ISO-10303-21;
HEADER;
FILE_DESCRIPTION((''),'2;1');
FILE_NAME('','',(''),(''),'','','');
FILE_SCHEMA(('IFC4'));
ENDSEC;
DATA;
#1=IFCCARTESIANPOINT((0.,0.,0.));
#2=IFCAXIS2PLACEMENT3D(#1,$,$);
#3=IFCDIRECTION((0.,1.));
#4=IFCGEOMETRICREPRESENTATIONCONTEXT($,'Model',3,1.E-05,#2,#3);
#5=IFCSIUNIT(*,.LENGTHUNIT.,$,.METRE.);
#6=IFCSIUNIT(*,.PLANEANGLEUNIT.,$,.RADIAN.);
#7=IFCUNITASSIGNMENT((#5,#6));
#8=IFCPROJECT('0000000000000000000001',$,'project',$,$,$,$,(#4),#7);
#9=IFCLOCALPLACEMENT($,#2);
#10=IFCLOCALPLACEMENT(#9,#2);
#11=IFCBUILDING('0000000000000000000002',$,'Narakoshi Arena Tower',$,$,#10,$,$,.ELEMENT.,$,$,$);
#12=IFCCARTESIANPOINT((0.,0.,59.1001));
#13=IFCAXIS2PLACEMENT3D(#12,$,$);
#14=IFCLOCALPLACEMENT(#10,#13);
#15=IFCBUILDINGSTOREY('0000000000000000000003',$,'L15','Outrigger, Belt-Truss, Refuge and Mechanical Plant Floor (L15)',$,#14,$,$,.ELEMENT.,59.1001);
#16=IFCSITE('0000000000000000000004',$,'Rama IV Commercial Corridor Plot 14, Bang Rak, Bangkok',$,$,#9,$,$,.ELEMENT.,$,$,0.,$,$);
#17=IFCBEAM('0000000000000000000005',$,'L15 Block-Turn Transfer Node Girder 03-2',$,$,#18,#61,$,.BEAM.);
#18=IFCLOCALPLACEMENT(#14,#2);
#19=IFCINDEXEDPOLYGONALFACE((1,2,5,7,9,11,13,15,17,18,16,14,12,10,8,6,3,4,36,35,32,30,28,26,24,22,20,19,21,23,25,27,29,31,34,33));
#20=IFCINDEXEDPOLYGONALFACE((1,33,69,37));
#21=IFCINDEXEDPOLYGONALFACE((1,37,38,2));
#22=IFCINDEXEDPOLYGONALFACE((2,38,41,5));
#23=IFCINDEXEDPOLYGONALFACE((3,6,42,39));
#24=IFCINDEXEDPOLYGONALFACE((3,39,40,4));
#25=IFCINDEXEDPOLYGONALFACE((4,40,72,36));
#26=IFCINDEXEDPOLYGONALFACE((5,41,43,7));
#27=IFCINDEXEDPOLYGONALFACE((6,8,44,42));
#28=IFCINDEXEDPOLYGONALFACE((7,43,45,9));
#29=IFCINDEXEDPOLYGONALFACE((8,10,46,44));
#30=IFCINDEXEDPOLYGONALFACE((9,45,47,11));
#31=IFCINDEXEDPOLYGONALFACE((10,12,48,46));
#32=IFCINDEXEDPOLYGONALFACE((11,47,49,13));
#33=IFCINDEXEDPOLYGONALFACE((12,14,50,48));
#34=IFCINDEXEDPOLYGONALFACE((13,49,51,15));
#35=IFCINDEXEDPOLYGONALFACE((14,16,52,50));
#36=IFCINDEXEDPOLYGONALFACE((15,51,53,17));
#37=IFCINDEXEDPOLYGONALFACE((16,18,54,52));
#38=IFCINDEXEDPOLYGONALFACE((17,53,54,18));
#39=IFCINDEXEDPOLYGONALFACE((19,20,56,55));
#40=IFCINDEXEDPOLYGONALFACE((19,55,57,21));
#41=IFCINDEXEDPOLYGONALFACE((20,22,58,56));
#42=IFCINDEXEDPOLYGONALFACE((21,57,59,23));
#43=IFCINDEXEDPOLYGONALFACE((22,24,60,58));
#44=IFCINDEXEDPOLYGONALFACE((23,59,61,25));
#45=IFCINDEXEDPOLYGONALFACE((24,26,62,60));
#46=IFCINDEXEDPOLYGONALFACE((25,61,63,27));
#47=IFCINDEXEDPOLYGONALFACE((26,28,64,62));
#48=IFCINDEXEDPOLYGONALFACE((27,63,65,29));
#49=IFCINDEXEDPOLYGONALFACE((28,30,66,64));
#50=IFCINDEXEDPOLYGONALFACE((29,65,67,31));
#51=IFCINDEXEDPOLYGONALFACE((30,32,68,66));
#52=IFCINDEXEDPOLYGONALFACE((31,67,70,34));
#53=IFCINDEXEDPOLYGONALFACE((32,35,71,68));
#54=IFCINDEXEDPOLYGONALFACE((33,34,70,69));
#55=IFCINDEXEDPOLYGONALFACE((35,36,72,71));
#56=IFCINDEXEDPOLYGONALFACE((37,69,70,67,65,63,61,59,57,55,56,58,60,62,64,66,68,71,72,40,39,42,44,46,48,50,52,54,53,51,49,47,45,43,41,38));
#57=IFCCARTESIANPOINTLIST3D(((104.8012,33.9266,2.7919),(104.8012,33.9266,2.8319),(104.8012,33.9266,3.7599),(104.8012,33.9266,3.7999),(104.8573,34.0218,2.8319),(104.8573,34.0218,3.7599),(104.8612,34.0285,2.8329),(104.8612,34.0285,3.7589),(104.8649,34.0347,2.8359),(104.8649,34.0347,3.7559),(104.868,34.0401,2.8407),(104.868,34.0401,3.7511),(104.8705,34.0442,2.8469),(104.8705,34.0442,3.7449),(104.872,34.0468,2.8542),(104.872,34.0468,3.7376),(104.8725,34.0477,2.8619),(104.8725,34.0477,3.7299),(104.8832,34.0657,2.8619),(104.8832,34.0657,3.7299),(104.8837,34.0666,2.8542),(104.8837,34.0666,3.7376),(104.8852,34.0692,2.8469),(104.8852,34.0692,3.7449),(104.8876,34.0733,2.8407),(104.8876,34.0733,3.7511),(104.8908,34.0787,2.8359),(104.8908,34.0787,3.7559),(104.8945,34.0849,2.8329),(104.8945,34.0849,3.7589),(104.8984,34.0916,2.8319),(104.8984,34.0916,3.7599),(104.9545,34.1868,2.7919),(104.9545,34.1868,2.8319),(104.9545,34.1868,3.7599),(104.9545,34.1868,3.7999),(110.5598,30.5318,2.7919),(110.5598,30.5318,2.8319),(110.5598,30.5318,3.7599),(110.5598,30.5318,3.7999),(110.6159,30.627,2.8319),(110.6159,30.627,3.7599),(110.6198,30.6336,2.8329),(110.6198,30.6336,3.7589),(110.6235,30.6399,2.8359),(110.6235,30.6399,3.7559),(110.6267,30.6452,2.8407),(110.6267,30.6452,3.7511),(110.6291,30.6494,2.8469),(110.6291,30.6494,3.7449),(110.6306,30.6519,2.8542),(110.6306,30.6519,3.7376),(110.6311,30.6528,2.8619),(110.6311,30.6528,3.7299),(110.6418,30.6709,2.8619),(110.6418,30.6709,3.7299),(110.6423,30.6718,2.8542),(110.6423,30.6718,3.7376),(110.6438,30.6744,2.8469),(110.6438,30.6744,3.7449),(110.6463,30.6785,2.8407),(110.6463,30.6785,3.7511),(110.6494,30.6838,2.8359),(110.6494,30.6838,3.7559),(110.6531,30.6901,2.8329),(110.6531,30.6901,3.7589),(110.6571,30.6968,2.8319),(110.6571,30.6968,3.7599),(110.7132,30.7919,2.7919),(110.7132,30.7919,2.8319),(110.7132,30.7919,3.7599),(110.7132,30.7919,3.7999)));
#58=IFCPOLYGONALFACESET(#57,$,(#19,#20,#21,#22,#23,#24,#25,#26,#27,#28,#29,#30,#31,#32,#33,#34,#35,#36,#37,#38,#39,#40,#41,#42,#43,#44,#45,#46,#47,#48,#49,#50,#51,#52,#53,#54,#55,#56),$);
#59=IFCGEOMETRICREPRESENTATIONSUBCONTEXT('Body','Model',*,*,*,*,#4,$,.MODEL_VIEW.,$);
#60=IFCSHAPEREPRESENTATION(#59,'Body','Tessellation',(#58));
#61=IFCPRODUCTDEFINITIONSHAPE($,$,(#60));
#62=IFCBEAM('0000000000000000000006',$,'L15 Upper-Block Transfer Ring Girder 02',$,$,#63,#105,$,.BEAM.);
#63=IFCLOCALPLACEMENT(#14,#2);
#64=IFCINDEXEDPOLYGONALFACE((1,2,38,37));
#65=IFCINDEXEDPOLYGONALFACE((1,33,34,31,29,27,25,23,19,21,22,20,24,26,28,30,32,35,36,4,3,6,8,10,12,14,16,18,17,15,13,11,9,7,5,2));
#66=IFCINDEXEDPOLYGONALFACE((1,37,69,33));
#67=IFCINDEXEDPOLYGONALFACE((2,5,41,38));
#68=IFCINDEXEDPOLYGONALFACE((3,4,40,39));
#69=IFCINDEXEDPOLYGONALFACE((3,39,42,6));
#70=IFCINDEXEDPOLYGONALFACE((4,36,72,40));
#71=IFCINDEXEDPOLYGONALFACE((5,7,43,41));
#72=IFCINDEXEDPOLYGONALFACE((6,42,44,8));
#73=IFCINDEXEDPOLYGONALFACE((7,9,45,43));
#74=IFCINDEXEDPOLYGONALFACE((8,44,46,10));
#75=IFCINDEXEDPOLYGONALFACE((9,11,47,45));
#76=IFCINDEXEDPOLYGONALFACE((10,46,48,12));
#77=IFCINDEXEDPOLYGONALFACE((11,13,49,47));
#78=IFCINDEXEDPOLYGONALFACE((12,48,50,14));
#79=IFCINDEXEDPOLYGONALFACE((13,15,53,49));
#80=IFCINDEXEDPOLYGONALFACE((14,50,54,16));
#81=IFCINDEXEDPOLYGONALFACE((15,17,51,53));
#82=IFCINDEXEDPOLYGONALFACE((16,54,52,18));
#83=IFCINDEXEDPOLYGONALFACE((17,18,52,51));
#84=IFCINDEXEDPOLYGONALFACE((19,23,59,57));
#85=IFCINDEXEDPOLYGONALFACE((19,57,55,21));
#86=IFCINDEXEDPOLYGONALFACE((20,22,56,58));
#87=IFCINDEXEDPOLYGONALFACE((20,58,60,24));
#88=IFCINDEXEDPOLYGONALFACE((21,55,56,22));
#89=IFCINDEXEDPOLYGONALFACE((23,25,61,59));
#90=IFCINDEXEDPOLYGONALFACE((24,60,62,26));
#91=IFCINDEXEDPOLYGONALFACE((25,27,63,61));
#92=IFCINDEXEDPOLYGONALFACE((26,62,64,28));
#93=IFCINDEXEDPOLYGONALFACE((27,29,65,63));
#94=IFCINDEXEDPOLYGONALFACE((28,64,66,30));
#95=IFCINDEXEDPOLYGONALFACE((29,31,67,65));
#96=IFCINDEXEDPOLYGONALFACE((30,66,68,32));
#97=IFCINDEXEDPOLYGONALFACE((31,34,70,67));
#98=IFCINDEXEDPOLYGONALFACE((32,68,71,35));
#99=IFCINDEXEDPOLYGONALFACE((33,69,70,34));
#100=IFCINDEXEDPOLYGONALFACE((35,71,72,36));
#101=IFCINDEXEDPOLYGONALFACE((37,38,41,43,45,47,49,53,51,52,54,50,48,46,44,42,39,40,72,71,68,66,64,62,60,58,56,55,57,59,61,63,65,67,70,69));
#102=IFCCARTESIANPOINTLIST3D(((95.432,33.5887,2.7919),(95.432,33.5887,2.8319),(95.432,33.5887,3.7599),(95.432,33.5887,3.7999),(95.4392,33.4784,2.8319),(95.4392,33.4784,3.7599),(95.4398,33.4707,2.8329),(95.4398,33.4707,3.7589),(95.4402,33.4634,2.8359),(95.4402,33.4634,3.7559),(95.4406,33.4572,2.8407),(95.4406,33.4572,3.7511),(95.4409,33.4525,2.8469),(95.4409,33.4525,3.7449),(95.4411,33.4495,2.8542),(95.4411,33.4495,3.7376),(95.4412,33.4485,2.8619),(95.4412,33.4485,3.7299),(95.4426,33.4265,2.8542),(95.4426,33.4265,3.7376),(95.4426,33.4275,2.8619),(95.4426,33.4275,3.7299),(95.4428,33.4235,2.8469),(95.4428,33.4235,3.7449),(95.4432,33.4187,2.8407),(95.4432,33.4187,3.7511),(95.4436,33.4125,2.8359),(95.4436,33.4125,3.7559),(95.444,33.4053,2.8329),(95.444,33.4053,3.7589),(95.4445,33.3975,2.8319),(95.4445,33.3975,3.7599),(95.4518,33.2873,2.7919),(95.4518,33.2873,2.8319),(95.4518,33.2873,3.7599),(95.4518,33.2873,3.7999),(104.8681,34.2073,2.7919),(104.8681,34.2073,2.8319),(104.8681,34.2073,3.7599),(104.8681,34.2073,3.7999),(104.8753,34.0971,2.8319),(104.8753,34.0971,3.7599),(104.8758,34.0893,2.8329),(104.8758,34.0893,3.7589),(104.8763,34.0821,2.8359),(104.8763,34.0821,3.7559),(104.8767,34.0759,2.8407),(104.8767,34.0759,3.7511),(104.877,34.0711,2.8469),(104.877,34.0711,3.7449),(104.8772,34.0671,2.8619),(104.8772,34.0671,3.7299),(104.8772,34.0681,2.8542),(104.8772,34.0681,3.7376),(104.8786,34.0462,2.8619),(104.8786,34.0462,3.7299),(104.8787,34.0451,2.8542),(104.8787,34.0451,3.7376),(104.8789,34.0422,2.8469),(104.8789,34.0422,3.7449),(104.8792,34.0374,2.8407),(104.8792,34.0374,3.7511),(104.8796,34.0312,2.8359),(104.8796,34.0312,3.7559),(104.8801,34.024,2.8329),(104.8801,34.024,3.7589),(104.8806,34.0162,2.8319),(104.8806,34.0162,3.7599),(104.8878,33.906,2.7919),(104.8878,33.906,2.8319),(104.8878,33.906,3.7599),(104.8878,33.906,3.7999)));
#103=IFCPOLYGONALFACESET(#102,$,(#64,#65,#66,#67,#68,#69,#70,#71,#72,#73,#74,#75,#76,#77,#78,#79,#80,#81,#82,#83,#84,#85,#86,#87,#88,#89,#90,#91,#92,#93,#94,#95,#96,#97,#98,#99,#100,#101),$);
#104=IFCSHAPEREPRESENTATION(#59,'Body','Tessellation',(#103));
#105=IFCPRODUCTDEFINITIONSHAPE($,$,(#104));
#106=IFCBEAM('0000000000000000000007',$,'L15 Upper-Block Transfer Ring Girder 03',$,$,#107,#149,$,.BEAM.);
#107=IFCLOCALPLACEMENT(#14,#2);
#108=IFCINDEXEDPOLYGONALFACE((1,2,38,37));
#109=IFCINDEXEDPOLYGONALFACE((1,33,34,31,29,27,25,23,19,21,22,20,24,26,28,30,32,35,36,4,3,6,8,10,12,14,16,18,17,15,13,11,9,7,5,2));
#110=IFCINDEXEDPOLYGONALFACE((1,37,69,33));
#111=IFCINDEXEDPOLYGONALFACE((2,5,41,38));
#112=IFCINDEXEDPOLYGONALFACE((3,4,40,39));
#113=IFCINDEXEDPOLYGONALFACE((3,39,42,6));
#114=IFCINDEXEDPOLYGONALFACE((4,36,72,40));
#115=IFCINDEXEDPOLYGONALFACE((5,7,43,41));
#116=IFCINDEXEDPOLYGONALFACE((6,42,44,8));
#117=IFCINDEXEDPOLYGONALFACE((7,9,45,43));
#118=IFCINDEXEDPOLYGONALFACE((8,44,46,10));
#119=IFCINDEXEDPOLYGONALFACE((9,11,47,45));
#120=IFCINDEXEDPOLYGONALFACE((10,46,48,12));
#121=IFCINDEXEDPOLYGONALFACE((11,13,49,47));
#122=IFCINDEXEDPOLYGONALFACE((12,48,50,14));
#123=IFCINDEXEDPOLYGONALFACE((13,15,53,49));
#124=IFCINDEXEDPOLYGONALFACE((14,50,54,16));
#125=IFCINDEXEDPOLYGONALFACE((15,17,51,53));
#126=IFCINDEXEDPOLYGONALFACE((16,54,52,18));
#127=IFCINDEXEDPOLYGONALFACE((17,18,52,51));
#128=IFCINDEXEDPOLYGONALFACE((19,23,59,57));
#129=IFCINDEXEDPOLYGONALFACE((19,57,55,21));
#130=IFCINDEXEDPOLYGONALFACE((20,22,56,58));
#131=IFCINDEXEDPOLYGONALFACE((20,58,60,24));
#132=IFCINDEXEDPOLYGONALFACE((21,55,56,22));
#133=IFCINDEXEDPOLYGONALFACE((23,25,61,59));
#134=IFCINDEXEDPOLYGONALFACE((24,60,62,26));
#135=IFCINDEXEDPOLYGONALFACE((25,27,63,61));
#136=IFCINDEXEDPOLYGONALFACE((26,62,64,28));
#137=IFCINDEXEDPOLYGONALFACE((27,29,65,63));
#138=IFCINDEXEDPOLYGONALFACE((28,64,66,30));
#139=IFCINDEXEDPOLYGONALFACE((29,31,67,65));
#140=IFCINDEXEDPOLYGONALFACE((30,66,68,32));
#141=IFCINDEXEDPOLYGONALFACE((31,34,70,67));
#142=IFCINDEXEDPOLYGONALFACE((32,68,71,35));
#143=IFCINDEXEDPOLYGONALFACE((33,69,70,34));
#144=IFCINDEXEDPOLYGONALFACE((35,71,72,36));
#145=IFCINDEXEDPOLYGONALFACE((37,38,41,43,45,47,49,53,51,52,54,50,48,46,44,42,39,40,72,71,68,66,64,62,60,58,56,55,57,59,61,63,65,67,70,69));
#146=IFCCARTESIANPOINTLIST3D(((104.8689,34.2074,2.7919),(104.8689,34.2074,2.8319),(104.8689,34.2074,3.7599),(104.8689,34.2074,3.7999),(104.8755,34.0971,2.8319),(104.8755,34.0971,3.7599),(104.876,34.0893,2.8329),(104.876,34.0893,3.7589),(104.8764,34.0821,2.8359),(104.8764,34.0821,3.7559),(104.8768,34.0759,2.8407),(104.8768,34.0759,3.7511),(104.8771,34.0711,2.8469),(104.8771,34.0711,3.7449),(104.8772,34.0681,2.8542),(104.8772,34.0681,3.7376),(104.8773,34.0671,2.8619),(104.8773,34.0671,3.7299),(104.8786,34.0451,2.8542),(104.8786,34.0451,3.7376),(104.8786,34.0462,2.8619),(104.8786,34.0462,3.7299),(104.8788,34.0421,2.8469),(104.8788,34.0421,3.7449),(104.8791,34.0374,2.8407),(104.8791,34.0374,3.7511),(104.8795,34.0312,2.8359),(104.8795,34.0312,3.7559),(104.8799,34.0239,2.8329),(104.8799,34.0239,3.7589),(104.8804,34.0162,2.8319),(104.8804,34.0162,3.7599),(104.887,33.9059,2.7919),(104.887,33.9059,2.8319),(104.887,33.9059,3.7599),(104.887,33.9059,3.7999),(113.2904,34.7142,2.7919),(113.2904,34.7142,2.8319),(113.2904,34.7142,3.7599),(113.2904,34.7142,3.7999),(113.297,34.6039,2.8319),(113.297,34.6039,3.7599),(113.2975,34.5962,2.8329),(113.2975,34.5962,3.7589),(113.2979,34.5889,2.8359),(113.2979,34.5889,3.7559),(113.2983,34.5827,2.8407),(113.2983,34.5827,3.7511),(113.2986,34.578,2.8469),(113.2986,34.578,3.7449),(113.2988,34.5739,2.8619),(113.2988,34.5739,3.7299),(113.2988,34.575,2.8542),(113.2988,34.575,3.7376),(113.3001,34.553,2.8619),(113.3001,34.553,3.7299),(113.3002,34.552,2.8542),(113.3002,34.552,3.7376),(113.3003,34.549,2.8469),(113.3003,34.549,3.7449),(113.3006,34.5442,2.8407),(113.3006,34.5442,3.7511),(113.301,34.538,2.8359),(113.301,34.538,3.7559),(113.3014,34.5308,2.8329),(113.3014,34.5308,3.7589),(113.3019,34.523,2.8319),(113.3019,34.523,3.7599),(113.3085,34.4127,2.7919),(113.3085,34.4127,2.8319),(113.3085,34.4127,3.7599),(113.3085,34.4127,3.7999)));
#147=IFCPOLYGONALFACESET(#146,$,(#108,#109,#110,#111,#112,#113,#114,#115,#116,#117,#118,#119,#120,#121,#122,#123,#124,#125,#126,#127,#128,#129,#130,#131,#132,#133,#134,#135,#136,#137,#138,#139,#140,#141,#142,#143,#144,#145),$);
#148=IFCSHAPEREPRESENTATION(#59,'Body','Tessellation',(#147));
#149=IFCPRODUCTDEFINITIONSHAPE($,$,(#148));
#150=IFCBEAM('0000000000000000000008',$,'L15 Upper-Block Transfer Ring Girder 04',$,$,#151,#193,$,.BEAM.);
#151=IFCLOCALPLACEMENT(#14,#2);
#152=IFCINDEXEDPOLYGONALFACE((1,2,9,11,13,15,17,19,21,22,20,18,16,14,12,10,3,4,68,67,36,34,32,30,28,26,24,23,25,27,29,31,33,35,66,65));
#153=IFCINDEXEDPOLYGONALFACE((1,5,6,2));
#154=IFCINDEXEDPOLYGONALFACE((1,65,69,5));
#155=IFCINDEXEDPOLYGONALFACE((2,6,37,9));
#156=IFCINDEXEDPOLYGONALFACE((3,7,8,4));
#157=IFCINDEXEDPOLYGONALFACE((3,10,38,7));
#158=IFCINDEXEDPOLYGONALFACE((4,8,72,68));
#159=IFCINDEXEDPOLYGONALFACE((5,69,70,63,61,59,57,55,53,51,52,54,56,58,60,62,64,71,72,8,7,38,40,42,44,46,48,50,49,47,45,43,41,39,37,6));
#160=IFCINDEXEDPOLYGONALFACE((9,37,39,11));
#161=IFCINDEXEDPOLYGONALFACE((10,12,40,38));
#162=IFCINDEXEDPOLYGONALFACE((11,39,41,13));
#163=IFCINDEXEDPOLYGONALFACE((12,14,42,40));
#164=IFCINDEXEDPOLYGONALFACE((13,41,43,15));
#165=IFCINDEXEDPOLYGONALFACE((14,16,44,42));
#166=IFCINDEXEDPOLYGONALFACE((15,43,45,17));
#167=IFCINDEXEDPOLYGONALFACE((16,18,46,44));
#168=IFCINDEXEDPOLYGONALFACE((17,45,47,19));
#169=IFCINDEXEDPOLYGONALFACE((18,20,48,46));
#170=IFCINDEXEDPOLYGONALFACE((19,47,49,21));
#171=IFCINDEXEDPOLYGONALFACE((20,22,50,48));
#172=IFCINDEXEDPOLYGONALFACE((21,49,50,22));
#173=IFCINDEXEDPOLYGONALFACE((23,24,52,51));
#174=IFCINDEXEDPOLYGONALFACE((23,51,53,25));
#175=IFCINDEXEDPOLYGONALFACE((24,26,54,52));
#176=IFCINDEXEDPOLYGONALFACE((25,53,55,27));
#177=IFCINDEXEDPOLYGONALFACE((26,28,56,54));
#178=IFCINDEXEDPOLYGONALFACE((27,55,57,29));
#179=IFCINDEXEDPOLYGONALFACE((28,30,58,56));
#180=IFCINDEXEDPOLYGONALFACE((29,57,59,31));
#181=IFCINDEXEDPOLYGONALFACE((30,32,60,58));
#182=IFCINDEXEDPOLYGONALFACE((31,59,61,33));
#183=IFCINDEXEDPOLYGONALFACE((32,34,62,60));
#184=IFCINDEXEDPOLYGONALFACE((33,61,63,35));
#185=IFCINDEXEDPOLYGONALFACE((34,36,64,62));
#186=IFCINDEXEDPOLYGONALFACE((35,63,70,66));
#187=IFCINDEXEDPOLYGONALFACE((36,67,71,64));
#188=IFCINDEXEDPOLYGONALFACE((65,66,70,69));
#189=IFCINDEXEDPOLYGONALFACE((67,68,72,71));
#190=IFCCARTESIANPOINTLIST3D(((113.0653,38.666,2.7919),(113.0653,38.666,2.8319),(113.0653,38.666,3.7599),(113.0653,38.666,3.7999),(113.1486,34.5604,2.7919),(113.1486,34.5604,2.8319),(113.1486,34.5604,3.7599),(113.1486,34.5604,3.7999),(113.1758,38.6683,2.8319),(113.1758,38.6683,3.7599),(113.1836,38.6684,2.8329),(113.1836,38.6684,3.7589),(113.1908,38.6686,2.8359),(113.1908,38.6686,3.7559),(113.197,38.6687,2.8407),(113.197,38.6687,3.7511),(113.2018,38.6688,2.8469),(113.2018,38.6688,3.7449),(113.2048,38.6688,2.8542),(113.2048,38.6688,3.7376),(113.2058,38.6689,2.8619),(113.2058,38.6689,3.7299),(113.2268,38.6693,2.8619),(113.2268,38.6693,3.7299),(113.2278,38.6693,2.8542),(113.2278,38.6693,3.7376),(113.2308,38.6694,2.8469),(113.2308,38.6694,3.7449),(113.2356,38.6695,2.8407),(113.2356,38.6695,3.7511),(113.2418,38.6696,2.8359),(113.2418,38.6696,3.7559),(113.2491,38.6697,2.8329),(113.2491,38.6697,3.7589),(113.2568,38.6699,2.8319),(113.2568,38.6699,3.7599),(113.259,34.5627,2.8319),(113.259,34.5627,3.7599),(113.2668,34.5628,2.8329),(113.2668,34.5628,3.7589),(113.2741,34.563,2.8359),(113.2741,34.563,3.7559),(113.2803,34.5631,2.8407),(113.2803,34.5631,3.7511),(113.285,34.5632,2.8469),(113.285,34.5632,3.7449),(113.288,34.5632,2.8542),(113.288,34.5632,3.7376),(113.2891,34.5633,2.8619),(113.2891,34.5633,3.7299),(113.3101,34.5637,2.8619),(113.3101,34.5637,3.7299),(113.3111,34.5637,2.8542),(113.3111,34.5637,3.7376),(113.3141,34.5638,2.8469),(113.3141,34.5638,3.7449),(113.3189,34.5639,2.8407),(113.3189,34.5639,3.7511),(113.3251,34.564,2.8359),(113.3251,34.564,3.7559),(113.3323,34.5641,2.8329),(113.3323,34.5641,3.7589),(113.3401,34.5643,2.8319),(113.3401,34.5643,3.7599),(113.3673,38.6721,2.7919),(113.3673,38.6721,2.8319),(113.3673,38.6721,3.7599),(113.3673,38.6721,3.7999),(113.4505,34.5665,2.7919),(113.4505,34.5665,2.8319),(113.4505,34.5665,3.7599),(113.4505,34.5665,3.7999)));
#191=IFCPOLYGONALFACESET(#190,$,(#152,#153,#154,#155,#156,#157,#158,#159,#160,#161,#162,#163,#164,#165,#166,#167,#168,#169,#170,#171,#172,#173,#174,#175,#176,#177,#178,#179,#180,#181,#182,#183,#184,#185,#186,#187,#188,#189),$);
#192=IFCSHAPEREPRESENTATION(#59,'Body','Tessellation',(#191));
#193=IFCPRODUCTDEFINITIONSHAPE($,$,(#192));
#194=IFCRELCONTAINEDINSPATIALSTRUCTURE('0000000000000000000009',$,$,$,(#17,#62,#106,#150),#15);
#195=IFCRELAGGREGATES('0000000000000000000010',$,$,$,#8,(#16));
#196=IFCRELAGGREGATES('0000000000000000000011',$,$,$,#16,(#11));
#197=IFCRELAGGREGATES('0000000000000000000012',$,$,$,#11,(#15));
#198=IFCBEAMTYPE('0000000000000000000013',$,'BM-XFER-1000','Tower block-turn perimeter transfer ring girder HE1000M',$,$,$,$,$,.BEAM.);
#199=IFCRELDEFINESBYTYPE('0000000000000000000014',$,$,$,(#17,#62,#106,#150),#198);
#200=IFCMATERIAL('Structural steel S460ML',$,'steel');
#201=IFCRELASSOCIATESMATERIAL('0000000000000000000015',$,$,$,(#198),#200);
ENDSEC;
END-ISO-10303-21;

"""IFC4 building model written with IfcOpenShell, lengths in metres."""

from ifc_helpers import new_model, si_unit, direction, frame, origin, origin_2d, place, context, subcontext, project, spatial, i_section, extrude, material, material_profile, profile_set, type_object, element, save


model = new_model("IFC4")

# Units and contexts
model_context = context("Model", 3, precision=1e-05, world=origin(), true_north=direction((0.0, 1.0)))
body_context = subcontext(model_context, "Body", "Model", "MODEL_VIEW")
ifc_project = project(units=[si_unit("LENGTHUNIT", "METRE"), si_unit("PLANEANGLEUNIT", "RADIAN")], contexts=[model_context])

# Site, building, storey
site_placement = place(None, origin())
site = spatial("IfcSite", under=ifc_project, at=site_placement, Name="Rama IV Commercial Corridor Plot 14, Bang Rak, Bangkok", CompositionType="ELEMENT", RefElevation=0.0)
building_placement = place(site_placement, origin())
building = spatial("IfcBuilding", under=site, at=building_placement, Name="Narakoshi Arena Tower", CompositionType="ELEMENT")
storey_placement = place(building_placement, frame((0.0, 0.0, 59.1001)))
storey = spatial("IfcBuildingStorey", under=building, at=storey_placement, Name="L15", Description="Outrigger, Belt-Truss, Refuge and Mechanical Plant Floor (L15)", CompositionType="ELEMENT", Elevation=59.1001)

# Shared definitions
ifc_material_1 = material(Name="Structural steel S460ML", Category="steel")

# Beams
ifc_material_profile_1 = material_profile(ifc_material_1, i_section(OverallWidth=0.302, OverallDepth=1.0081, WebThickness=0.021, FlangeThickness=0.04, FilletRadius=0.03, at=origin_2d()), Name="HE1000M")
ifc_profile_set_1 = profile_set([ifc_material_profile_1], Name="Structural steel S460ML")
beam_type_1 = type_object("IfcBeamType", Name="BM-XFER-1000", Description="Tower block-turn perimeter transfer ring girder HE1000M", PredefinedType="BEAM", material=ifc_profile_set_1)
beam_1_placement = place(storey_placement, frame((110.6365, 30.6619, 3.2959), z_axis=(-0.86145, 0.507842, 0.0), x_axis=(-0.507842, -0.86145, 0.0)))
element("IfcBeam", 1, at=beam_1_placement, inside=storey, type_object=beam_type_1, Name="L15 Block-Turn Transfer Node Girder 03-2", PredefinedType="BEAM", context=body_context, shape_type="SweptSolid", body=[
    extrude(i_section(OverallWidth=0.302, OverallDepth=1.0081, WebThickness=0.021, FlangeThickness=0.04, FilletRadius=0.03, at=origin_2d()), origin(), (0.0, 0.0, 1.0), 6.6848),
])
beam_2_placement = place(storey_placement, frame((95.4419, 33.438, 3.2959), z_axis=(0.997858, 0.065422, 0.0), x_axis=(-0.065422, 0.997858, 0.0)))
element("IfcBeam", 2, at=beam_2_placement, inside=storey, type_object=beam_type_1, Name="L15 Upper-Block Transfer Ring Girder 02", PredefinedType="BEAM", context=body_context, shape_type="SweptSolid", body=[
    extrude(i_section(OverallWidth=0.302, OverallDepth=1.0081, WebThickness=0.021, FlangeThickness=0.04, FilletRadius=0.03, at=origin_2d()), origin(), (0.0, 0.0, 1.0), 9.4563),
])
beam_3_placement = place(storey_placement, frame((104.8779, 34.0566, 3.2959), z_axis=(0.998194, 0.060074, 0.0), x_axis=(-0.060074, 0.998194, 0.0)))
element("IfcBeam", 3, at=beam_3_placement, inside=storey, type_object=beam_type_1, Name="L15 Upper-Block Transfer Ring Girder 03", PredefinedType="BEAM", context=body_context, shape_type="SweptSolid", body=[
    extrude(i_section(OverallWidth=0.302, OverallDepth=1.0081, WebThickness=0.021, FlangeThickness=0.04, FilletRadius=0.03, at=origin_2d()), origin(), (0.0, 0.0, 1.0), 8.4368),
])
beam_4_placement = place(storey_placement, frame((113.2996, 34.5635, 3.2959), z_axis=(-0.020273, 0.999794, 0.0), x_axis=(-0.999794, -0.020273, 0.0)))
element("IfcBeam", 4, at=beam_4_placement, inside=storey, type_object=beam_type_1, Name="L15 Upper-Block Transfer Ring Girder 04", PredefinedType="BEAM", context=body_context, shape_type="SweptSolid", body=[
    extrude(i_section(OverallWidth=0.302, OverallDepth=1.0081, WebThickness=0.021, FlangeThickness=0.04, FilletRadius=0.03, at=origin_2d()), origin(), (0.0, 0.0, 1.0), 4.1064),
])

save(model, "model.ifc")
